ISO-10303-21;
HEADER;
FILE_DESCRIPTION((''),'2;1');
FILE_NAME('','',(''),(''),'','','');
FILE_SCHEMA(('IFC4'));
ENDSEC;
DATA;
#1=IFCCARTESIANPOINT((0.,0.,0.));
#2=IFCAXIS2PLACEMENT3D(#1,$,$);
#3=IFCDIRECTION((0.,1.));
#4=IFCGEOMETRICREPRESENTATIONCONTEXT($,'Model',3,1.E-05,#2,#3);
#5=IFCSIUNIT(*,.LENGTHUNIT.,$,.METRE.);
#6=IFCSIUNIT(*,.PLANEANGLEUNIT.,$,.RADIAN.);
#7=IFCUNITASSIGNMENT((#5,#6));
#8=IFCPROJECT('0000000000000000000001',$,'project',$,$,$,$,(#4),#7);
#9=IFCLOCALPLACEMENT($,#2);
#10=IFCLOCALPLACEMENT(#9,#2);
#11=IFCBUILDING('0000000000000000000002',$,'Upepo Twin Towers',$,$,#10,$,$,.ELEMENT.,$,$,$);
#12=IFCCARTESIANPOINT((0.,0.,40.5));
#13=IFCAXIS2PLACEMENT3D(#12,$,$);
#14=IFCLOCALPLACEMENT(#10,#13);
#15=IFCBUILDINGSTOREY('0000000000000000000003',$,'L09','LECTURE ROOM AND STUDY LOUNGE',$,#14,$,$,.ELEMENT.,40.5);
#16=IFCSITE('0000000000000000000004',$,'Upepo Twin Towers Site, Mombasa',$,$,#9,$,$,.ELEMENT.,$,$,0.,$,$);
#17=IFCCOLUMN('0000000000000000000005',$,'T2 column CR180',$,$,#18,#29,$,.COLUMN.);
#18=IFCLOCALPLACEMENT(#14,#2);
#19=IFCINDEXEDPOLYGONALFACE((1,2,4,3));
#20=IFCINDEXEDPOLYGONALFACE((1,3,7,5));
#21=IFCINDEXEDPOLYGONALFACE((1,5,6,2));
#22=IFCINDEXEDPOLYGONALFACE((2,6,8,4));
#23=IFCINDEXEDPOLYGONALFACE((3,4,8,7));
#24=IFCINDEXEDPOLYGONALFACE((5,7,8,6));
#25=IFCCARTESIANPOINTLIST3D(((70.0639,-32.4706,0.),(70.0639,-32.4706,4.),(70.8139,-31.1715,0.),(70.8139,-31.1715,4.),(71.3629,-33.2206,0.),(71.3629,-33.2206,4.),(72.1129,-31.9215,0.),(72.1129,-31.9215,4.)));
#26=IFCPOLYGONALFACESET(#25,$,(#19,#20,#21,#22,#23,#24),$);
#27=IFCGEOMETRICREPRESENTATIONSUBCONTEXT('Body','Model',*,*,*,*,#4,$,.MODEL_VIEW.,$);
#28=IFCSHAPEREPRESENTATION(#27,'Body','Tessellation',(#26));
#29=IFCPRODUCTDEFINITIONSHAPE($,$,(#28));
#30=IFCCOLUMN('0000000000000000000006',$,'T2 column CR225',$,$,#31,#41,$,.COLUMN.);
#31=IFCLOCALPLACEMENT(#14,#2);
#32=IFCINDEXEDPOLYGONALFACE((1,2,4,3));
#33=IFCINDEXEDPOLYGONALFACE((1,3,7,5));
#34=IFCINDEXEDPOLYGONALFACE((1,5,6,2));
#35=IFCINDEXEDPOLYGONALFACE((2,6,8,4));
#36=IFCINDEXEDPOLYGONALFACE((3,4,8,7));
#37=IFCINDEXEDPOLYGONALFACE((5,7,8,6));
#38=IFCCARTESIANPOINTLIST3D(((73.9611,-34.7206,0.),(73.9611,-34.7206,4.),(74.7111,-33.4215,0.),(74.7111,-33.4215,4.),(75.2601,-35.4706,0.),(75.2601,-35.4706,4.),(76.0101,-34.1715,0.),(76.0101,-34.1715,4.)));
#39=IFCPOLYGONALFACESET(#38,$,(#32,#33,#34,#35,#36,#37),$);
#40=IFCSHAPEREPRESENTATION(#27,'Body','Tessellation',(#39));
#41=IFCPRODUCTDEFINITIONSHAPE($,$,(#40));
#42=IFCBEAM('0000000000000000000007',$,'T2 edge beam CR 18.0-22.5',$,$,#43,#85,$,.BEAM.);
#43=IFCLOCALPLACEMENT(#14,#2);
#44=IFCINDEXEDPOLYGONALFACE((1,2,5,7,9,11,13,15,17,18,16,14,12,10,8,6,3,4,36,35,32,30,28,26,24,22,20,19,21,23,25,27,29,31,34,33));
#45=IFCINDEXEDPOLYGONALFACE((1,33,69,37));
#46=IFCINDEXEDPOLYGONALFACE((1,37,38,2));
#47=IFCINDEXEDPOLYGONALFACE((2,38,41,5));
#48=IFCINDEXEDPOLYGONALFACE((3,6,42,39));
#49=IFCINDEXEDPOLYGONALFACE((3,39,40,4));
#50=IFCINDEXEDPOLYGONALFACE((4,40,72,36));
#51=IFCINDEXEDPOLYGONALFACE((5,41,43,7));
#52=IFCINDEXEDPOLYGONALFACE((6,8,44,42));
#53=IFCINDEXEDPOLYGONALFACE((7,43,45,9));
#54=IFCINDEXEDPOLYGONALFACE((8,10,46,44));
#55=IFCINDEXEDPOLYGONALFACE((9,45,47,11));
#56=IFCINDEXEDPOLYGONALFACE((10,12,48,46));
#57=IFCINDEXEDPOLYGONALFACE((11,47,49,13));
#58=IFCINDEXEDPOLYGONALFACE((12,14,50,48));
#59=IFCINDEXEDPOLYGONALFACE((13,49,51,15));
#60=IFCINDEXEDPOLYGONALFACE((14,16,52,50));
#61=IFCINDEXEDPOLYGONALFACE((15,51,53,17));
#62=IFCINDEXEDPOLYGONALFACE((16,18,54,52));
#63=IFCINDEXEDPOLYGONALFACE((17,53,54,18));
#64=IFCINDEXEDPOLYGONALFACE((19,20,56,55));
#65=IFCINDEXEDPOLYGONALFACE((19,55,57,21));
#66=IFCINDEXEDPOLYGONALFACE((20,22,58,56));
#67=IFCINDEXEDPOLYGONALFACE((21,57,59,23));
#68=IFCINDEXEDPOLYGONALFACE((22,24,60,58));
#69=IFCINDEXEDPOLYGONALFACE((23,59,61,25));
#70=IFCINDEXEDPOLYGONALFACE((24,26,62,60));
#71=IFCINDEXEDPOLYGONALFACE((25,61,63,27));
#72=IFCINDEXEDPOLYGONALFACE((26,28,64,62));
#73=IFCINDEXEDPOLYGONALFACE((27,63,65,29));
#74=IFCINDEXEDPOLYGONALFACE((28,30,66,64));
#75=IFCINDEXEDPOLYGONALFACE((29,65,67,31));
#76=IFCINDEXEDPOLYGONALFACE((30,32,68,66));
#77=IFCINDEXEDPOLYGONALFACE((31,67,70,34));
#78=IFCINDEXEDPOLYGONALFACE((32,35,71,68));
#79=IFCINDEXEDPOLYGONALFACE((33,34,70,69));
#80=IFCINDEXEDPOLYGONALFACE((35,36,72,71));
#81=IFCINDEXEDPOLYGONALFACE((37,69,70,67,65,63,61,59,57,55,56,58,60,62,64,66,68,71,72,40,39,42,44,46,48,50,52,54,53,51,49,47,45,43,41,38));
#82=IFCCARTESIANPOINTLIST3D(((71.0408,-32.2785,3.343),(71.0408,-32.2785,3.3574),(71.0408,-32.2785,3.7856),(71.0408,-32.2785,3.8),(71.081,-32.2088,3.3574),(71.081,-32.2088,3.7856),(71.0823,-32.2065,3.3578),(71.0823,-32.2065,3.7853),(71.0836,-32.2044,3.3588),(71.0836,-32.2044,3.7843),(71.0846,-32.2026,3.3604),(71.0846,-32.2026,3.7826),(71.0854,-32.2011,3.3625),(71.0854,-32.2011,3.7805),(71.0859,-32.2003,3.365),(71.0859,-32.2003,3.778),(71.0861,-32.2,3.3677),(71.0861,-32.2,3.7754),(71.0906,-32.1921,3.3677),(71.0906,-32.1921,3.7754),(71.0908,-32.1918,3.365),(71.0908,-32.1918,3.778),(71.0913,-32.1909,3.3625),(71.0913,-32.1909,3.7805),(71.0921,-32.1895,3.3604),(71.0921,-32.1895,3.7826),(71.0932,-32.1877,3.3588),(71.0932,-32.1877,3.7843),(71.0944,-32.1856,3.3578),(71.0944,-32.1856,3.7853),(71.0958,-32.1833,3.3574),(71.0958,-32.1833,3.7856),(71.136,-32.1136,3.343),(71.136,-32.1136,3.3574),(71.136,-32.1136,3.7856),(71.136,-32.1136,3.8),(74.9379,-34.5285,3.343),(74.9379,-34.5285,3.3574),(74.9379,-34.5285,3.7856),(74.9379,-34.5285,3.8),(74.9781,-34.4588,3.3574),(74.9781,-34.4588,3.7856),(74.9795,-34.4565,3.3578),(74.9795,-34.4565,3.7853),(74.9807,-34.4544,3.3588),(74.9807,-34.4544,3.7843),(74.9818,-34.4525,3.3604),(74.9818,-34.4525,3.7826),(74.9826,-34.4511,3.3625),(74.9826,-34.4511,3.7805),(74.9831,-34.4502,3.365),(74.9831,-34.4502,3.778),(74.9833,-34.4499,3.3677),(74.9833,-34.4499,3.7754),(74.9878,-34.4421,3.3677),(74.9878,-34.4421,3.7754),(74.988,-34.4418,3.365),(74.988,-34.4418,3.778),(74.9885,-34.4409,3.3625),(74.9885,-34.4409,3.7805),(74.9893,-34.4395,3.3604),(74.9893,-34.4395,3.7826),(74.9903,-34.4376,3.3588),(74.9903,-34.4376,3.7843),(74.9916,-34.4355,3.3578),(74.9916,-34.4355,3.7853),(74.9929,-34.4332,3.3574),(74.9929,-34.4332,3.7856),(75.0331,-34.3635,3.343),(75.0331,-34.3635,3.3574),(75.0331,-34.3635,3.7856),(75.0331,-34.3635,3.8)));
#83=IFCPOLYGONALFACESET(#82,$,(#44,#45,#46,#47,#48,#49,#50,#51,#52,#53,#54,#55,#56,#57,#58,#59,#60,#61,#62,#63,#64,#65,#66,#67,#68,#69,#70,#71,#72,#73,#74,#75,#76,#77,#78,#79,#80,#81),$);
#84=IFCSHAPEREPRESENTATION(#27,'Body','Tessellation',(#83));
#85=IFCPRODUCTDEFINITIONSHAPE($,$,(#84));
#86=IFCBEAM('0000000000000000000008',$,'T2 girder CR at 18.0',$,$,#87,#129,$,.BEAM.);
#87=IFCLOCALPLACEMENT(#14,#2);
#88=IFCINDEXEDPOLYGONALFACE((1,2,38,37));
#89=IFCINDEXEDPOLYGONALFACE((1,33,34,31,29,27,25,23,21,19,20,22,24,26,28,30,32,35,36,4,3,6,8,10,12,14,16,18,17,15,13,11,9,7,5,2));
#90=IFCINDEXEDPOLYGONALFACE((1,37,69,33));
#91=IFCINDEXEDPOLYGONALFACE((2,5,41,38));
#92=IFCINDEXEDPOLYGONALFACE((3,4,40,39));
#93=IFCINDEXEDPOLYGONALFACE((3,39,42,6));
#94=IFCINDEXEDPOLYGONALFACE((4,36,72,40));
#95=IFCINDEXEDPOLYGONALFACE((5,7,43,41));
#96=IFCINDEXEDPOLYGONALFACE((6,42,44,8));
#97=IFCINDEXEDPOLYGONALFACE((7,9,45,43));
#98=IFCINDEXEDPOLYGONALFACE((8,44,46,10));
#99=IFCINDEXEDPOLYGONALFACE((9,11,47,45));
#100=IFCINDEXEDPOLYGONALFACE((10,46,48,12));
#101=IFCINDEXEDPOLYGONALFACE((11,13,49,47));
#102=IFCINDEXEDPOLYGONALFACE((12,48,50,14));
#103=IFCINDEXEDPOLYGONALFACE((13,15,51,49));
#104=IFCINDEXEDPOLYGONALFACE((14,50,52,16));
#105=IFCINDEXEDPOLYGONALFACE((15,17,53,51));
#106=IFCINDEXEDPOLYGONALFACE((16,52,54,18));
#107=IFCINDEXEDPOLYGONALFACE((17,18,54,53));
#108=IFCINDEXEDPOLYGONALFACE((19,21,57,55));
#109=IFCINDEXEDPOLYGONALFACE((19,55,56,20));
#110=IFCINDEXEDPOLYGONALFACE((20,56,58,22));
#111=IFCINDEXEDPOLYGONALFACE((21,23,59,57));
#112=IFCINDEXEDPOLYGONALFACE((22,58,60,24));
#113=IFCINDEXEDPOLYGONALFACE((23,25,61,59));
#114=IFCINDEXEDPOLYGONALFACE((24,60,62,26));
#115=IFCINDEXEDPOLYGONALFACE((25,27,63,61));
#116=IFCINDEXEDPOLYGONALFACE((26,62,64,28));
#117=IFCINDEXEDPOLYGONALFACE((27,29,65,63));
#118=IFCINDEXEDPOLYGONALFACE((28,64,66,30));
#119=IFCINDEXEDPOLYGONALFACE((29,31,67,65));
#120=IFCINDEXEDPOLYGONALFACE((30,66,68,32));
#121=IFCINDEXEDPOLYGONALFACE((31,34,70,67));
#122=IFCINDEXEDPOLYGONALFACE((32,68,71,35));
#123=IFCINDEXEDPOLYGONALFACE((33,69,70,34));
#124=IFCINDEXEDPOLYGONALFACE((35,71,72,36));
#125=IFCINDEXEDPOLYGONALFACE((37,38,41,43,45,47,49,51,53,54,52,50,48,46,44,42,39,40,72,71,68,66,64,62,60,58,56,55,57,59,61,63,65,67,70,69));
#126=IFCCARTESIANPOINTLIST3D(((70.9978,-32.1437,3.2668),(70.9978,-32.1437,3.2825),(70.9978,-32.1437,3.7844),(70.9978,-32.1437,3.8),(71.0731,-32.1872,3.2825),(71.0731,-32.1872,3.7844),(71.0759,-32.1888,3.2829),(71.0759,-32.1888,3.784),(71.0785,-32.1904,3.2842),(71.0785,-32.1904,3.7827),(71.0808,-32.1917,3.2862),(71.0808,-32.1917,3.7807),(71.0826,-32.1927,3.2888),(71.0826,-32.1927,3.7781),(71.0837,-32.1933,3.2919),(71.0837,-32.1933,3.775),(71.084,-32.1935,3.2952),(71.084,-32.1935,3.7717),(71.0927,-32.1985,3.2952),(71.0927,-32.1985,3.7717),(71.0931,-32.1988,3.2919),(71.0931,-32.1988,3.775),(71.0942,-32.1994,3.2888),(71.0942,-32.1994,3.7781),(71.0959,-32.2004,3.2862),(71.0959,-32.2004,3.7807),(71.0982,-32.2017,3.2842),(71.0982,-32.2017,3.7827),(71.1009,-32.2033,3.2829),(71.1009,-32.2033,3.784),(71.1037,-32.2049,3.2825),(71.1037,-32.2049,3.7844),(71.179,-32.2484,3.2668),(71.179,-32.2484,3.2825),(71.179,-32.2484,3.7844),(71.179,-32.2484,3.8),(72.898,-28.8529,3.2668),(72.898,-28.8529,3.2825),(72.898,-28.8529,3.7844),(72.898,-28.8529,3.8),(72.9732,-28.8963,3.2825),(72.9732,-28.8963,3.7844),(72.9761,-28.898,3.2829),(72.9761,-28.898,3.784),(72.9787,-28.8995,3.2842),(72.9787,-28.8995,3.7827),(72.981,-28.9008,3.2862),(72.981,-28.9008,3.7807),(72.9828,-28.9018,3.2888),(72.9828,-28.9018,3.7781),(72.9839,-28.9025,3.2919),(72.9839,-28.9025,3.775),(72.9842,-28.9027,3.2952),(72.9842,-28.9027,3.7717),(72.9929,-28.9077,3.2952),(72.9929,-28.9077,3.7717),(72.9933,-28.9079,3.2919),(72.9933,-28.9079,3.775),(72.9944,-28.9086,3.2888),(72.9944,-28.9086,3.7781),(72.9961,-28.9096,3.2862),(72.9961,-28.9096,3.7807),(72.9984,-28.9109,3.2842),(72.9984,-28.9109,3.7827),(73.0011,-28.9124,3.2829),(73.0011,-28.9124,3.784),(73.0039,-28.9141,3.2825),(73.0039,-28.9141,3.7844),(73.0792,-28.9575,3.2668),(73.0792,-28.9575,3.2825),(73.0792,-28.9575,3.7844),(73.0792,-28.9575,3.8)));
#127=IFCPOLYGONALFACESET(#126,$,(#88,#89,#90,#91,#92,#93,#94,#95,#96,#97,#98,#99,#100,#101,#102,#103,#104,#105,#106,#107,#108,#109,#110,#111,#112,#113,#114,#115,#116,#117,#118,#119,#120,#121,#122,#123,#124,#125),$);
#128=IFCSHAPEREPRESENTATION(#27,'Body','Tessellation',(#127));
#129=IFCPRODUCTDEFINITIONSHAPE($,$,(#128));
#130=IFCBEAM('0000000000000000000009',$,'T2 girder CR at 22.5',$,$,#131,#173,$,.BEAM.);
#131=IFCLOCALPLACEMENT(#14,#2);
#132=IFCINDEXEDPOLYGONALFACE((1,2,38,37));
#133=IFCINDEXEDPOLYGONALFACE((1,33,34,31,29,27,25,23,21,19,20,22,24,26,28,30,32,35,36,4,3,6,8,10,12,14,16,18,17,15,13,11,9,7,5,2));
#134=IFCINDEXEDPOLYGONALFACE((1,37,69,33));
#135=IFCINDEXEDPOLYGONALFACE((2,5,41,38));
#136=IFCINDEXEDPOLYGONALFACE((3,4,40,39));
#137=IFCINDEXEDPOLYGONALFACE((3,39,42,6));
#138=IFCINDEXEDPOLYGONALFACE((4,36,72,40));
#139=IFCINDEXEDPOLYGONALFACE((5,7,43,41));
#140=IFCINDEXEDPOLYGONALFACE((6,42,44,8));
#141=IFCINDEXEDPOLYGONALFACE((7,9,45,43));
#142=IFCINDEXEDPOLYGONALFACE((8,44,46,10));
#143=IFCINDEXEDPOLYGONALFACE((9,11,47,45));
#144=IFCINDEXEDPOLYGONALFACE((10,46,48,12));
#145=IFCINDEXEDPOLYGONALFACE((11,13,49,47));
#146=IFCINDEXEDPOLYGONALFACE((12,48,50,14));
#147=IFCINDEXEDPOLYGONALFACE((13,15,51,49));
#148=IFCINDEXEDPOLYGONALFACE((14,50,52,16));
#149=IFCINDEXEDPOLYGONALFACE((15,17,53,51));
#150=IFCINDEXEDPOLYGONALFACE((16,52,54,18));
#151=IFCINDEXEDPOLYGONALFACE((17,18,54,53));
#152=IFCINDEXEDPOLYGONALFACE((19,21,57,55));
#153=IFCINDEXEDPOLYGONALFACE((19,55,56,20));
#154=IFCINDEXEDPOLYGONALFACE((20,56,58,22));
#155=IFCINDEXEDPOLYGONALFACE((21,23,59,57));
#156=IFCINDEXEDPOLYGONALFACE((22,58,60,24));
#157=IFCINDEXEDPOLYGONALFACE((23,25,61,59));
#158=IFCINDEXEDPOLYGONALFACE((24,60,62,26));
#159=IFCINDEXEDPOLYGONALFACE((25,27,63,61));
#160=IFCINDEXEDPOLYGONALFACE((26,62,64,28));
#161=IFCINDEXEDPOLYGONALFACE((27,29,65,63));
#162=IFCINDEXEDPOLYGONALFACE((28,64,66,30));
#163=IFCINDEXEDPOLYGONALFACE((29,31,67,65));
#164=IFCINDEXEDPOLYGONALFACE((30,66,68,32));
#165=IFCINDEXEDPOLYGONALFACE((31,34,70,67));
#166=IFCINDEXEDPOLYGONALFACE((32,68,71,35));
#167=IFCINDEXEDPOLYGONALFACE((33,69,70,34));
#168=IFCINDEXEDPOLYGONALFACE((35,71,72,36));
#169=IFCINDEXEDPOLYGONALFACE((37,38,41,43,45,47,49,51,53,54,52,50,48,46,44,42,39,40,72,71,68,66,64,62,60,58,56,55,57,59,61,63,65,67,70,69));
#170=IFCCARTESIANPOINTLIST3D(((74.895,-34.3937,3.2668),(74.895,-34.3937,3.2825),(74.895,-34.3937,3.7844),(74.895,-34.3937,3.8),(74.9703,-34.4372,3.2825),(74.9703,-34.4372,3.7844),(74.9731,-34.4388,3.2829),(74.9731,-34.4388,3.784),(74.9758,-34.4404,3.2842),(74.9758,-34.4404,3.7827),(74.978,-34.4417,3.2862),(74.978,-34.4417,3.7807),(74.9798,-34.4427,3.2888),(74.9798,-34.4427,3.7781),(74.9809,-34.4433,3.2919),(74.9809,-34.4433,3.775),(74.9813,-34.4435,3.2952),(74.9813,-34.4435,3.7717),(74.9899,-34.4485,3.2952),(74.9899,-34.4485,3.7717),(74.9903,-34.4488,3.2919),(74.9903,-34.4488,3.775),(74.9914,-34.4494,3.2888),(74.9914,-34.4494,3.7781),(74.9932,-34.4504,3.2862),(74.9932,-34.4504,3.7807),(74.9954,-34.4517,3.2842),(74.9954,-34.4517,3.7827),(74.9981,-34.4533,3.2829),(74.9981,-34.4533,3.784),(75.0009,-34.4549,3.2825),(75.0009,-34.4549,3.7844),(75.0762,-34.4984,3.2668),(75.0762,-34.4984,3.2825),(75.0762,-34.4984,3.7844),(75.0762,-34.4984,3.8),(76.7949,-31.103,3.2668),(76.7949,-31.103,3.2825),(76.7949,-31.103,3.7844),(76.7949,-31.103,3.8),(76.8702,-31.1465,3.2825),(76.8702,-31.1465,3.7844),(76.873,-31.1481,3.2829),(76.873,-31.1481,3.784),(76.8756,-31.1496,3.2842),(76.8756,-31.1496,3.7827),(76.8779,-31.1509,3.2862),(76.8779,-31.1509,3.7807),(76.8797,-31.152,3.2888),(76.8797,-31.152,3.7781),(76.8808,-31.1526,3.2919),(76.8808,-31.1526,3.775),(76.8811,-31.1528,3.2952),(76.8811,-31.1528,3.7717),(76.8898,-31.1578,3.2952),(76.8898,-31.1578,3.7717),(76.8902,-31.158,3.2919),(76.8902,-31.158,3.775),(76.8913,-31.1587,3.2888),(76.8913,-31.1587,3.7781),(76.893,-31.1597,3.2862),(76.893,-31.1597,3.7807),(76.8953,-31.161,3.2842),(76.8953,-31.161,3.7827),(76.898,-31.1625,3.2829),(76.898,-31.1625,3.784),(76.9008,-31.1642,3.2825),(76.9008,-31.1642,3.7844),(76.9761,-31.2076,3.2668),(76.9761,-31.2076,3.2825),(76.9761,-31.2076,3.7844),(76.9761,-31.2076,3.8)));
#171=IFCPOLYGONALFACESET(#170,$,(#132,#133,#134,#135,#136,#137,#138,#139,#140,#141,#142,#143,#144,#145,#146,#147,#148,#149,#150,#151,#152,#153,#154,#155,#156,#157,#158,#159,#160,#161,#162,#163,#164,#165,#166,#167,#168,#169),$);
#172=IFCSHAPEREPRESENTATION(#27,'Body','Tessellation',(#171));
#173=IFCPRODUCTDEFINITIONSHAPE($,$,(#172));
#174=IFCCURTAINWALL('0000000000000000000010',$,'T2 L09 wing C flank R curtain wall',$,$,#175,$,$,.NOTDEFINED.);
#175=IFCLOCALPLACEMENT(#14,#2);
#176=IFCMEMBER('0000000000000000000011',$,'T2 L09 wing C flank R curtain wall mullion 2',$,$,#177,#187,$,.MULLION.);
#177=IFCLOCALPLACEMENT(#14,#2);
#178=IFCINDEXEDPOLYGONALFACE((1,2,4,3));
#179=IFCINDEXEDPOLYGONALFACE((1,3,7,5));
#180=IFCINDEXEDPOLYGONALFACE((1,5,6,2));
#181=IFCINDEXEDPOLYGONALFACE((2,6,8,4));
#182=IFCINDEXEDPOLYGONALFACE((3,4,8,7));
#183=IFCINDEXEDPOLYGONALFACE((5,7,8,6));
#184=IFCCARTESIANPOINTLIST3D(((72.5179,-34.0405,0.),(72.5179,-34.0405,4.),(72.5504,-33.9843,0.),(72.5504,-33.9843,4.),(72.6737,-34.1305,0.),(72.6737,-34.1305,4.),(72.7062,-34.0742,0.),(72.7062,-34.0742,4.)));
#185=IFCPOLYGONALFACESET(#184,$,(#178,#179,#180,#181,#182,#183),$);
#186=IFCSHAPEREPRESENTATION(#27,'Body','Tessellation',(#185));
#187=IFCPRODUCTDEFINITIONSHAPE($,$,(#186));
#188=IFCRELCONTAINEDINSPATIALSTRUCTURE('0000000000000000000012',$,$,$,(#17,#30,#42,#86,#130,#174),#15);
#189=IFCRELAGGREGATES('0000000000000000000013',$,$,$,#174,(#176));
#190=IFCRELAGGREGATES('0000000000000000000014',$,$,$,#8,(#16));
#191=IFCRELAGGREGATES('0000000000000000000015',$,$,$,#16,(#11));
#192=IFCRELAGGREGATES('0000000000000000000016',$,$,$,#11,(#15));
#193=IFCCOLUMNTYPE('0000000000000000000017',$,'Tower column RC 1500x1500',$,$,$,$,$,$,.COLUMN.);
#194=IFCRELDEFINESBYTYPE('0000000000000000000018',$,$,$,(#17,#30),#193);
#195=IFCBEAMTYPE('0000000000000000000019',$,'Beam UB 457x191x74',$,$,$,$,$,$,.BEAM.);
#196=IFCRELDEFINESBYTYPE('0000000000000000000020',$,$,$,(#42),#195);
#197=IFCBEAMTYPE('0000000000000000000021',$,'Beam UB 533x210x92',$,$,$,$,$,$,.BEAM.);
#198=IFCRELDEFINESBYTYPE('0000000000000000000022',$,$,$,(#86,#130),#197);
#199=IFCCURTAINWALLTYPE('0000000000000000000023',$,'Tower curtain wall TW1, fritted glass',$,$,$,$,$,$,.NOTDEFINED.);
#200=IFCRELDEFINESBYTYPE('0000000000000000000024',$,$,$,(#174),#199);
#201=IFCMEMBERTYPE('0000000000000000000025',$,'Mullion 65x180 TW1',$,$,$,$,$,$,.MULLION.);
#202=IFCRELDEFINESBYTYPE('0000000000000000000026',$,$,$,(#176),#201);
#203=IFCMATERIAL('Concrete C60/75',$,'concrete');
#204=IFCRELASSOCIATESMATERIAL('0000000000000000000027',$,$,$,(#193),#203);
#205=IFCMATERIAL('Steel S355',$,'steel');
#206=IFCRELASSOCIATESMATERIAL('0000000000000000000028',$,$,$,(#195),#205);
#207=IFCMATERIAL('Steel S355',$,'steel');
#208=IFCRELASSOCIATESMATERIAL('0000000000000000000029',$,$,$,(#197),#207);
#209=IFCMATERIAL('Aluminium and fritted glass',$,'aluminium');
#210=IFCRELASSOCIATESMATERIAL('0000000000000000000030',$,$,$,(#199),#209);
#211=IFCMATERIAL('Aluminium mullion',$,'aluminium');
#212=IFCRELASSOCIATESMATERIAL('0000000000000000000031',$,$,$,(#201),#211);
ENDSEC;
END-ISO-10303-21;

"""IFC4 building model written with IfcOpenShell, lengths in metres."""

from ifc_helpers import new_model, si_unit, direction, frame, origin, origin_2d, place, context, subcontext, project, spatial, rectangle, i_section, extrude, material, material_profile, profile_set, type_object, element, aggregate, save


model = new_model("IFC4")

# Units and contexts
model_context = context("Model", 3, precision=1e-05, world=origin(), true_north=direction((0.0, 1.0)))
body_context = subcontext(model_context, "Body", "Model", "MODEL_VIEW")
ifc_project = project(units=[si_unit("LENGTHUNIT", "METRE"), si_unit("PLANEANGLEUNIT", "RADIAN")], contexts=[model_context])

# Site, building, storey
site_placement = place(None, origin())
site = spatial("IfcSite", under=ifc_project, at=site_placement, Name="Upepo Twin Towers Site, Mombasa", CompositionType="ELEMENT", RefElevation=0.0)
building_placement = place(site_placement, origin())
building = spatial("IfcBuilding", under=site, at=building_placement, Name="Upepo Twin Towers", CompositionType="ELEMENT")
storey_placement = place(building_placement, frame((0.0, 0.0, 40.5)))
storey = spatial("IfcBuildingStorey", under=building, at=storey_placement, Name="L09", Description="LECTURE ROOM AND STUDY LOUNGE", CompositionType="ELEMENT", Elevation=40.5)

# Columns
ifc_material_1 = material(Name="Concrete C60/75", Category="concrete")
ifc_material_profile_1 = material_profile(ifc_material_1, rectangle(XDim=1.5, YDim=1.5, at=origin_2d()), Name="RC 1500x1500")
ifc_profile_set_1 = profile_set([ifc_material_profile_1], Name="Concrete C60/75")
column_type = type_object("IfcColumnType", Name="Tower column RC 1500x1500", PredefinedType="COLUMN", material=ifc_profile_set_1)
for number, where, z_axis, x_axis, name in (
    (1, (71.0884, -32.196, 0.0), (0.0, 0.0, 1.0), (0.5, 0.866025, 0.0), "T2 column CR180"),
    (2, (74.9856, -34.446, 0.0), (0.0, 0.0, 1.0), (0.5, 0.866025, 0.0), "T2 column CR225"),
):
    element("IfcColumn", number, at=place(storey_placement, frame(where, z_axis=z_axis, x_axis=x_axis)), inside=storey, type_object=column_type, Name=name, PredefinedType="COLUMN", context=body_context, shape_type="SweptSolid", body=[
        extrude(rectangle(XDim=1.5, YDim=1.5, at=origin_2d()), origin(), (0.0, 0.0, 1.0), 4.0),
    ])

# Beams
ifc_material_2 = material(Name="Steel S355", Category="steel")
ifc_material_profile_2 = material_profile(ifc_material_2, i_section(OverallWidth=0.1904, OverallDepth=0.457, WebThickness=0.009, FlangeThickness=0.0144, FilletRadius=0.0103, at=origin_2d()), Name="UB 457x191x74")
ifc_profile_set_2 = profile_set([ifc_material_profile_2], Name="Steel S355")
beam_type_1 = type_object("IfcBeamType", Name="Beam UB 457x191x74", PredefinedType="BEAM", material=ifc_profile_set_2)
beam_1_placement = place(storey_placement, frame((71.0884, -32.196, 3.5715), z_axis=(0.866031, -0.49999, 0.0), x_axis=(0.49999, 0.866031, 0.0)))
element("IfcBeam", 3, at=beam_1_placement, inside=storey, type_object=beam_type_1, Name="T2 edge beam CR 18.0-22.5", PredefinedType="BEAM", context=body_context, shape_type="SweptSolid", body=[
    extrude(i_section(OverallWidth=0.1904, OverallDepth=0.457, WebThickness=0.009, FlangeThickness=0.0144, FilletRadius=0.0103, at=origin_2d()), origin(), (0.0, 0.0, 1.0), 4.5),
])
ifc_material_3 = material(Name="Steel S355", Category="steel")
ifc_material_profile_3 = material_profile(ifc_material_3, i_section(OverallWidth=0.2092, OverallDepth=0.5332, WebThickness=0.01, FlangeThickness=0.0156, FilletRadius=0.0127, at=origin_2d()), Name="UB 533x210x92")
ifc_profile_set_3 = profile_set([ifc_material_profile_3], Name="Steel S355")
beam_type_2 = type_object("IfcBeamType", Name="Beam UB 533x210x92", PredefinedType="BEAM", material=ifc_profile_set_3)
beam_2_placement = place(storey_placement, frame((71.0884, -32.196, 3.5334), z_axis=(0.500043, 0.866, 0.0), x_axis=(-0.866, 0.500043, 0.0)))
element("IfcBeam", 4, at=beam_2_placement, inside=storey, type_object=beam_type_2, Name="T2 girder CR at 18.0", PredefinedType="BEAM", context=body_context, shape_type="SweptSolid", body=[
    extrude(i_section(OverallWidth=0.2092, OverallDepth=0.5332, WebThickness=0.01, FlangeThickness=0.0156, FilletRadius=0.0127, at=origin_2d()), origin(), (0.0, 0.0, 1.0), 3.8),
])
beam_3_placement = place(storey_placement, frame((74.9856, -34.446, 3.5334), z_axis=(0.499995, 0.866028, 0.0), x_axis=(-0.866028, 0.499995, 0.0)))
element("IfcBeam", 5, at=beam_3_placement, inside=storey, type_object=beam_type_2, Name="T2 girder CR at 22.5", PredefinedType="BEAM", context=body_context, shape_type="SweptSolid", body=[
    extrude(i_section(OverallWidth=0.2092, OverallDepth=0.5332, WebThickness=0.01, FlangeThickness=0.0156, FilletRadius=0.0127, at=origin_2d()), origin(), (0.0, 0.0, 1.0), 3.7998),
])

# Curtain wall, member
ifc_material_4 = material(Name="Aluminium and fritted glass", Category="aluminium")
curtain_wall_type = type_object("IfcCurtainWallType", Name="Tower curtain wall TW1, fritted glass", PredefinedType="NOTDEFINED", material=ifc_material_4)
curtain_wall_placement = place(storey_placement, origin())
curtain_wall = element("IfcCurtainWall", 6, at=curtain_wall_placement, inside=storey, type_object=curtain_wall_type, Name="T2 L09 wing C flank R curtain wall", PredefinedType="NOTDEFINED")
ifc_material_5 = material(Name="Aluminium mullion", Category="aluminium")
ifc_material_profile_4 = material_profile(ifc_material_5, rectangle(XDim=0.0649, YDim=0.1799, at=origin_2d()), Name="MULLION 65x180")
ifc_profile_set_4 = profile_set([ifc_material_profile_4], Name="Aluminium mullion")
member_type_1 = type_object("IfcMemberType", Name="Mullion 65x180 TW1", PredefinedType="MULLION", material=ifc_profile_set_4)
member_1_placement = place(storey_placement, frame((72.6121, -34.0574, 0.0), z_axis=(0.0, 0.0, 1.0), x_axis=(-0.5, -0.866025, 0.0)))
member_1 = element("IfcMember", 7, at=member_1_placement, type_object=member_type_1, Name="T2 L09 wing C flank R curtain wall mullion 2", PredefinedType="MULLION", context=body_context, shape_type="SweptSolid", body=[
    extrude(rectangle(XDim=0.0649, YDim=0.1799, at=origin_2d()), origin(), (0.0, 0.0, 1.0), 4.0),
])
aggregate(curtain_wall, [member_1])

save(model, "model.ifc")
